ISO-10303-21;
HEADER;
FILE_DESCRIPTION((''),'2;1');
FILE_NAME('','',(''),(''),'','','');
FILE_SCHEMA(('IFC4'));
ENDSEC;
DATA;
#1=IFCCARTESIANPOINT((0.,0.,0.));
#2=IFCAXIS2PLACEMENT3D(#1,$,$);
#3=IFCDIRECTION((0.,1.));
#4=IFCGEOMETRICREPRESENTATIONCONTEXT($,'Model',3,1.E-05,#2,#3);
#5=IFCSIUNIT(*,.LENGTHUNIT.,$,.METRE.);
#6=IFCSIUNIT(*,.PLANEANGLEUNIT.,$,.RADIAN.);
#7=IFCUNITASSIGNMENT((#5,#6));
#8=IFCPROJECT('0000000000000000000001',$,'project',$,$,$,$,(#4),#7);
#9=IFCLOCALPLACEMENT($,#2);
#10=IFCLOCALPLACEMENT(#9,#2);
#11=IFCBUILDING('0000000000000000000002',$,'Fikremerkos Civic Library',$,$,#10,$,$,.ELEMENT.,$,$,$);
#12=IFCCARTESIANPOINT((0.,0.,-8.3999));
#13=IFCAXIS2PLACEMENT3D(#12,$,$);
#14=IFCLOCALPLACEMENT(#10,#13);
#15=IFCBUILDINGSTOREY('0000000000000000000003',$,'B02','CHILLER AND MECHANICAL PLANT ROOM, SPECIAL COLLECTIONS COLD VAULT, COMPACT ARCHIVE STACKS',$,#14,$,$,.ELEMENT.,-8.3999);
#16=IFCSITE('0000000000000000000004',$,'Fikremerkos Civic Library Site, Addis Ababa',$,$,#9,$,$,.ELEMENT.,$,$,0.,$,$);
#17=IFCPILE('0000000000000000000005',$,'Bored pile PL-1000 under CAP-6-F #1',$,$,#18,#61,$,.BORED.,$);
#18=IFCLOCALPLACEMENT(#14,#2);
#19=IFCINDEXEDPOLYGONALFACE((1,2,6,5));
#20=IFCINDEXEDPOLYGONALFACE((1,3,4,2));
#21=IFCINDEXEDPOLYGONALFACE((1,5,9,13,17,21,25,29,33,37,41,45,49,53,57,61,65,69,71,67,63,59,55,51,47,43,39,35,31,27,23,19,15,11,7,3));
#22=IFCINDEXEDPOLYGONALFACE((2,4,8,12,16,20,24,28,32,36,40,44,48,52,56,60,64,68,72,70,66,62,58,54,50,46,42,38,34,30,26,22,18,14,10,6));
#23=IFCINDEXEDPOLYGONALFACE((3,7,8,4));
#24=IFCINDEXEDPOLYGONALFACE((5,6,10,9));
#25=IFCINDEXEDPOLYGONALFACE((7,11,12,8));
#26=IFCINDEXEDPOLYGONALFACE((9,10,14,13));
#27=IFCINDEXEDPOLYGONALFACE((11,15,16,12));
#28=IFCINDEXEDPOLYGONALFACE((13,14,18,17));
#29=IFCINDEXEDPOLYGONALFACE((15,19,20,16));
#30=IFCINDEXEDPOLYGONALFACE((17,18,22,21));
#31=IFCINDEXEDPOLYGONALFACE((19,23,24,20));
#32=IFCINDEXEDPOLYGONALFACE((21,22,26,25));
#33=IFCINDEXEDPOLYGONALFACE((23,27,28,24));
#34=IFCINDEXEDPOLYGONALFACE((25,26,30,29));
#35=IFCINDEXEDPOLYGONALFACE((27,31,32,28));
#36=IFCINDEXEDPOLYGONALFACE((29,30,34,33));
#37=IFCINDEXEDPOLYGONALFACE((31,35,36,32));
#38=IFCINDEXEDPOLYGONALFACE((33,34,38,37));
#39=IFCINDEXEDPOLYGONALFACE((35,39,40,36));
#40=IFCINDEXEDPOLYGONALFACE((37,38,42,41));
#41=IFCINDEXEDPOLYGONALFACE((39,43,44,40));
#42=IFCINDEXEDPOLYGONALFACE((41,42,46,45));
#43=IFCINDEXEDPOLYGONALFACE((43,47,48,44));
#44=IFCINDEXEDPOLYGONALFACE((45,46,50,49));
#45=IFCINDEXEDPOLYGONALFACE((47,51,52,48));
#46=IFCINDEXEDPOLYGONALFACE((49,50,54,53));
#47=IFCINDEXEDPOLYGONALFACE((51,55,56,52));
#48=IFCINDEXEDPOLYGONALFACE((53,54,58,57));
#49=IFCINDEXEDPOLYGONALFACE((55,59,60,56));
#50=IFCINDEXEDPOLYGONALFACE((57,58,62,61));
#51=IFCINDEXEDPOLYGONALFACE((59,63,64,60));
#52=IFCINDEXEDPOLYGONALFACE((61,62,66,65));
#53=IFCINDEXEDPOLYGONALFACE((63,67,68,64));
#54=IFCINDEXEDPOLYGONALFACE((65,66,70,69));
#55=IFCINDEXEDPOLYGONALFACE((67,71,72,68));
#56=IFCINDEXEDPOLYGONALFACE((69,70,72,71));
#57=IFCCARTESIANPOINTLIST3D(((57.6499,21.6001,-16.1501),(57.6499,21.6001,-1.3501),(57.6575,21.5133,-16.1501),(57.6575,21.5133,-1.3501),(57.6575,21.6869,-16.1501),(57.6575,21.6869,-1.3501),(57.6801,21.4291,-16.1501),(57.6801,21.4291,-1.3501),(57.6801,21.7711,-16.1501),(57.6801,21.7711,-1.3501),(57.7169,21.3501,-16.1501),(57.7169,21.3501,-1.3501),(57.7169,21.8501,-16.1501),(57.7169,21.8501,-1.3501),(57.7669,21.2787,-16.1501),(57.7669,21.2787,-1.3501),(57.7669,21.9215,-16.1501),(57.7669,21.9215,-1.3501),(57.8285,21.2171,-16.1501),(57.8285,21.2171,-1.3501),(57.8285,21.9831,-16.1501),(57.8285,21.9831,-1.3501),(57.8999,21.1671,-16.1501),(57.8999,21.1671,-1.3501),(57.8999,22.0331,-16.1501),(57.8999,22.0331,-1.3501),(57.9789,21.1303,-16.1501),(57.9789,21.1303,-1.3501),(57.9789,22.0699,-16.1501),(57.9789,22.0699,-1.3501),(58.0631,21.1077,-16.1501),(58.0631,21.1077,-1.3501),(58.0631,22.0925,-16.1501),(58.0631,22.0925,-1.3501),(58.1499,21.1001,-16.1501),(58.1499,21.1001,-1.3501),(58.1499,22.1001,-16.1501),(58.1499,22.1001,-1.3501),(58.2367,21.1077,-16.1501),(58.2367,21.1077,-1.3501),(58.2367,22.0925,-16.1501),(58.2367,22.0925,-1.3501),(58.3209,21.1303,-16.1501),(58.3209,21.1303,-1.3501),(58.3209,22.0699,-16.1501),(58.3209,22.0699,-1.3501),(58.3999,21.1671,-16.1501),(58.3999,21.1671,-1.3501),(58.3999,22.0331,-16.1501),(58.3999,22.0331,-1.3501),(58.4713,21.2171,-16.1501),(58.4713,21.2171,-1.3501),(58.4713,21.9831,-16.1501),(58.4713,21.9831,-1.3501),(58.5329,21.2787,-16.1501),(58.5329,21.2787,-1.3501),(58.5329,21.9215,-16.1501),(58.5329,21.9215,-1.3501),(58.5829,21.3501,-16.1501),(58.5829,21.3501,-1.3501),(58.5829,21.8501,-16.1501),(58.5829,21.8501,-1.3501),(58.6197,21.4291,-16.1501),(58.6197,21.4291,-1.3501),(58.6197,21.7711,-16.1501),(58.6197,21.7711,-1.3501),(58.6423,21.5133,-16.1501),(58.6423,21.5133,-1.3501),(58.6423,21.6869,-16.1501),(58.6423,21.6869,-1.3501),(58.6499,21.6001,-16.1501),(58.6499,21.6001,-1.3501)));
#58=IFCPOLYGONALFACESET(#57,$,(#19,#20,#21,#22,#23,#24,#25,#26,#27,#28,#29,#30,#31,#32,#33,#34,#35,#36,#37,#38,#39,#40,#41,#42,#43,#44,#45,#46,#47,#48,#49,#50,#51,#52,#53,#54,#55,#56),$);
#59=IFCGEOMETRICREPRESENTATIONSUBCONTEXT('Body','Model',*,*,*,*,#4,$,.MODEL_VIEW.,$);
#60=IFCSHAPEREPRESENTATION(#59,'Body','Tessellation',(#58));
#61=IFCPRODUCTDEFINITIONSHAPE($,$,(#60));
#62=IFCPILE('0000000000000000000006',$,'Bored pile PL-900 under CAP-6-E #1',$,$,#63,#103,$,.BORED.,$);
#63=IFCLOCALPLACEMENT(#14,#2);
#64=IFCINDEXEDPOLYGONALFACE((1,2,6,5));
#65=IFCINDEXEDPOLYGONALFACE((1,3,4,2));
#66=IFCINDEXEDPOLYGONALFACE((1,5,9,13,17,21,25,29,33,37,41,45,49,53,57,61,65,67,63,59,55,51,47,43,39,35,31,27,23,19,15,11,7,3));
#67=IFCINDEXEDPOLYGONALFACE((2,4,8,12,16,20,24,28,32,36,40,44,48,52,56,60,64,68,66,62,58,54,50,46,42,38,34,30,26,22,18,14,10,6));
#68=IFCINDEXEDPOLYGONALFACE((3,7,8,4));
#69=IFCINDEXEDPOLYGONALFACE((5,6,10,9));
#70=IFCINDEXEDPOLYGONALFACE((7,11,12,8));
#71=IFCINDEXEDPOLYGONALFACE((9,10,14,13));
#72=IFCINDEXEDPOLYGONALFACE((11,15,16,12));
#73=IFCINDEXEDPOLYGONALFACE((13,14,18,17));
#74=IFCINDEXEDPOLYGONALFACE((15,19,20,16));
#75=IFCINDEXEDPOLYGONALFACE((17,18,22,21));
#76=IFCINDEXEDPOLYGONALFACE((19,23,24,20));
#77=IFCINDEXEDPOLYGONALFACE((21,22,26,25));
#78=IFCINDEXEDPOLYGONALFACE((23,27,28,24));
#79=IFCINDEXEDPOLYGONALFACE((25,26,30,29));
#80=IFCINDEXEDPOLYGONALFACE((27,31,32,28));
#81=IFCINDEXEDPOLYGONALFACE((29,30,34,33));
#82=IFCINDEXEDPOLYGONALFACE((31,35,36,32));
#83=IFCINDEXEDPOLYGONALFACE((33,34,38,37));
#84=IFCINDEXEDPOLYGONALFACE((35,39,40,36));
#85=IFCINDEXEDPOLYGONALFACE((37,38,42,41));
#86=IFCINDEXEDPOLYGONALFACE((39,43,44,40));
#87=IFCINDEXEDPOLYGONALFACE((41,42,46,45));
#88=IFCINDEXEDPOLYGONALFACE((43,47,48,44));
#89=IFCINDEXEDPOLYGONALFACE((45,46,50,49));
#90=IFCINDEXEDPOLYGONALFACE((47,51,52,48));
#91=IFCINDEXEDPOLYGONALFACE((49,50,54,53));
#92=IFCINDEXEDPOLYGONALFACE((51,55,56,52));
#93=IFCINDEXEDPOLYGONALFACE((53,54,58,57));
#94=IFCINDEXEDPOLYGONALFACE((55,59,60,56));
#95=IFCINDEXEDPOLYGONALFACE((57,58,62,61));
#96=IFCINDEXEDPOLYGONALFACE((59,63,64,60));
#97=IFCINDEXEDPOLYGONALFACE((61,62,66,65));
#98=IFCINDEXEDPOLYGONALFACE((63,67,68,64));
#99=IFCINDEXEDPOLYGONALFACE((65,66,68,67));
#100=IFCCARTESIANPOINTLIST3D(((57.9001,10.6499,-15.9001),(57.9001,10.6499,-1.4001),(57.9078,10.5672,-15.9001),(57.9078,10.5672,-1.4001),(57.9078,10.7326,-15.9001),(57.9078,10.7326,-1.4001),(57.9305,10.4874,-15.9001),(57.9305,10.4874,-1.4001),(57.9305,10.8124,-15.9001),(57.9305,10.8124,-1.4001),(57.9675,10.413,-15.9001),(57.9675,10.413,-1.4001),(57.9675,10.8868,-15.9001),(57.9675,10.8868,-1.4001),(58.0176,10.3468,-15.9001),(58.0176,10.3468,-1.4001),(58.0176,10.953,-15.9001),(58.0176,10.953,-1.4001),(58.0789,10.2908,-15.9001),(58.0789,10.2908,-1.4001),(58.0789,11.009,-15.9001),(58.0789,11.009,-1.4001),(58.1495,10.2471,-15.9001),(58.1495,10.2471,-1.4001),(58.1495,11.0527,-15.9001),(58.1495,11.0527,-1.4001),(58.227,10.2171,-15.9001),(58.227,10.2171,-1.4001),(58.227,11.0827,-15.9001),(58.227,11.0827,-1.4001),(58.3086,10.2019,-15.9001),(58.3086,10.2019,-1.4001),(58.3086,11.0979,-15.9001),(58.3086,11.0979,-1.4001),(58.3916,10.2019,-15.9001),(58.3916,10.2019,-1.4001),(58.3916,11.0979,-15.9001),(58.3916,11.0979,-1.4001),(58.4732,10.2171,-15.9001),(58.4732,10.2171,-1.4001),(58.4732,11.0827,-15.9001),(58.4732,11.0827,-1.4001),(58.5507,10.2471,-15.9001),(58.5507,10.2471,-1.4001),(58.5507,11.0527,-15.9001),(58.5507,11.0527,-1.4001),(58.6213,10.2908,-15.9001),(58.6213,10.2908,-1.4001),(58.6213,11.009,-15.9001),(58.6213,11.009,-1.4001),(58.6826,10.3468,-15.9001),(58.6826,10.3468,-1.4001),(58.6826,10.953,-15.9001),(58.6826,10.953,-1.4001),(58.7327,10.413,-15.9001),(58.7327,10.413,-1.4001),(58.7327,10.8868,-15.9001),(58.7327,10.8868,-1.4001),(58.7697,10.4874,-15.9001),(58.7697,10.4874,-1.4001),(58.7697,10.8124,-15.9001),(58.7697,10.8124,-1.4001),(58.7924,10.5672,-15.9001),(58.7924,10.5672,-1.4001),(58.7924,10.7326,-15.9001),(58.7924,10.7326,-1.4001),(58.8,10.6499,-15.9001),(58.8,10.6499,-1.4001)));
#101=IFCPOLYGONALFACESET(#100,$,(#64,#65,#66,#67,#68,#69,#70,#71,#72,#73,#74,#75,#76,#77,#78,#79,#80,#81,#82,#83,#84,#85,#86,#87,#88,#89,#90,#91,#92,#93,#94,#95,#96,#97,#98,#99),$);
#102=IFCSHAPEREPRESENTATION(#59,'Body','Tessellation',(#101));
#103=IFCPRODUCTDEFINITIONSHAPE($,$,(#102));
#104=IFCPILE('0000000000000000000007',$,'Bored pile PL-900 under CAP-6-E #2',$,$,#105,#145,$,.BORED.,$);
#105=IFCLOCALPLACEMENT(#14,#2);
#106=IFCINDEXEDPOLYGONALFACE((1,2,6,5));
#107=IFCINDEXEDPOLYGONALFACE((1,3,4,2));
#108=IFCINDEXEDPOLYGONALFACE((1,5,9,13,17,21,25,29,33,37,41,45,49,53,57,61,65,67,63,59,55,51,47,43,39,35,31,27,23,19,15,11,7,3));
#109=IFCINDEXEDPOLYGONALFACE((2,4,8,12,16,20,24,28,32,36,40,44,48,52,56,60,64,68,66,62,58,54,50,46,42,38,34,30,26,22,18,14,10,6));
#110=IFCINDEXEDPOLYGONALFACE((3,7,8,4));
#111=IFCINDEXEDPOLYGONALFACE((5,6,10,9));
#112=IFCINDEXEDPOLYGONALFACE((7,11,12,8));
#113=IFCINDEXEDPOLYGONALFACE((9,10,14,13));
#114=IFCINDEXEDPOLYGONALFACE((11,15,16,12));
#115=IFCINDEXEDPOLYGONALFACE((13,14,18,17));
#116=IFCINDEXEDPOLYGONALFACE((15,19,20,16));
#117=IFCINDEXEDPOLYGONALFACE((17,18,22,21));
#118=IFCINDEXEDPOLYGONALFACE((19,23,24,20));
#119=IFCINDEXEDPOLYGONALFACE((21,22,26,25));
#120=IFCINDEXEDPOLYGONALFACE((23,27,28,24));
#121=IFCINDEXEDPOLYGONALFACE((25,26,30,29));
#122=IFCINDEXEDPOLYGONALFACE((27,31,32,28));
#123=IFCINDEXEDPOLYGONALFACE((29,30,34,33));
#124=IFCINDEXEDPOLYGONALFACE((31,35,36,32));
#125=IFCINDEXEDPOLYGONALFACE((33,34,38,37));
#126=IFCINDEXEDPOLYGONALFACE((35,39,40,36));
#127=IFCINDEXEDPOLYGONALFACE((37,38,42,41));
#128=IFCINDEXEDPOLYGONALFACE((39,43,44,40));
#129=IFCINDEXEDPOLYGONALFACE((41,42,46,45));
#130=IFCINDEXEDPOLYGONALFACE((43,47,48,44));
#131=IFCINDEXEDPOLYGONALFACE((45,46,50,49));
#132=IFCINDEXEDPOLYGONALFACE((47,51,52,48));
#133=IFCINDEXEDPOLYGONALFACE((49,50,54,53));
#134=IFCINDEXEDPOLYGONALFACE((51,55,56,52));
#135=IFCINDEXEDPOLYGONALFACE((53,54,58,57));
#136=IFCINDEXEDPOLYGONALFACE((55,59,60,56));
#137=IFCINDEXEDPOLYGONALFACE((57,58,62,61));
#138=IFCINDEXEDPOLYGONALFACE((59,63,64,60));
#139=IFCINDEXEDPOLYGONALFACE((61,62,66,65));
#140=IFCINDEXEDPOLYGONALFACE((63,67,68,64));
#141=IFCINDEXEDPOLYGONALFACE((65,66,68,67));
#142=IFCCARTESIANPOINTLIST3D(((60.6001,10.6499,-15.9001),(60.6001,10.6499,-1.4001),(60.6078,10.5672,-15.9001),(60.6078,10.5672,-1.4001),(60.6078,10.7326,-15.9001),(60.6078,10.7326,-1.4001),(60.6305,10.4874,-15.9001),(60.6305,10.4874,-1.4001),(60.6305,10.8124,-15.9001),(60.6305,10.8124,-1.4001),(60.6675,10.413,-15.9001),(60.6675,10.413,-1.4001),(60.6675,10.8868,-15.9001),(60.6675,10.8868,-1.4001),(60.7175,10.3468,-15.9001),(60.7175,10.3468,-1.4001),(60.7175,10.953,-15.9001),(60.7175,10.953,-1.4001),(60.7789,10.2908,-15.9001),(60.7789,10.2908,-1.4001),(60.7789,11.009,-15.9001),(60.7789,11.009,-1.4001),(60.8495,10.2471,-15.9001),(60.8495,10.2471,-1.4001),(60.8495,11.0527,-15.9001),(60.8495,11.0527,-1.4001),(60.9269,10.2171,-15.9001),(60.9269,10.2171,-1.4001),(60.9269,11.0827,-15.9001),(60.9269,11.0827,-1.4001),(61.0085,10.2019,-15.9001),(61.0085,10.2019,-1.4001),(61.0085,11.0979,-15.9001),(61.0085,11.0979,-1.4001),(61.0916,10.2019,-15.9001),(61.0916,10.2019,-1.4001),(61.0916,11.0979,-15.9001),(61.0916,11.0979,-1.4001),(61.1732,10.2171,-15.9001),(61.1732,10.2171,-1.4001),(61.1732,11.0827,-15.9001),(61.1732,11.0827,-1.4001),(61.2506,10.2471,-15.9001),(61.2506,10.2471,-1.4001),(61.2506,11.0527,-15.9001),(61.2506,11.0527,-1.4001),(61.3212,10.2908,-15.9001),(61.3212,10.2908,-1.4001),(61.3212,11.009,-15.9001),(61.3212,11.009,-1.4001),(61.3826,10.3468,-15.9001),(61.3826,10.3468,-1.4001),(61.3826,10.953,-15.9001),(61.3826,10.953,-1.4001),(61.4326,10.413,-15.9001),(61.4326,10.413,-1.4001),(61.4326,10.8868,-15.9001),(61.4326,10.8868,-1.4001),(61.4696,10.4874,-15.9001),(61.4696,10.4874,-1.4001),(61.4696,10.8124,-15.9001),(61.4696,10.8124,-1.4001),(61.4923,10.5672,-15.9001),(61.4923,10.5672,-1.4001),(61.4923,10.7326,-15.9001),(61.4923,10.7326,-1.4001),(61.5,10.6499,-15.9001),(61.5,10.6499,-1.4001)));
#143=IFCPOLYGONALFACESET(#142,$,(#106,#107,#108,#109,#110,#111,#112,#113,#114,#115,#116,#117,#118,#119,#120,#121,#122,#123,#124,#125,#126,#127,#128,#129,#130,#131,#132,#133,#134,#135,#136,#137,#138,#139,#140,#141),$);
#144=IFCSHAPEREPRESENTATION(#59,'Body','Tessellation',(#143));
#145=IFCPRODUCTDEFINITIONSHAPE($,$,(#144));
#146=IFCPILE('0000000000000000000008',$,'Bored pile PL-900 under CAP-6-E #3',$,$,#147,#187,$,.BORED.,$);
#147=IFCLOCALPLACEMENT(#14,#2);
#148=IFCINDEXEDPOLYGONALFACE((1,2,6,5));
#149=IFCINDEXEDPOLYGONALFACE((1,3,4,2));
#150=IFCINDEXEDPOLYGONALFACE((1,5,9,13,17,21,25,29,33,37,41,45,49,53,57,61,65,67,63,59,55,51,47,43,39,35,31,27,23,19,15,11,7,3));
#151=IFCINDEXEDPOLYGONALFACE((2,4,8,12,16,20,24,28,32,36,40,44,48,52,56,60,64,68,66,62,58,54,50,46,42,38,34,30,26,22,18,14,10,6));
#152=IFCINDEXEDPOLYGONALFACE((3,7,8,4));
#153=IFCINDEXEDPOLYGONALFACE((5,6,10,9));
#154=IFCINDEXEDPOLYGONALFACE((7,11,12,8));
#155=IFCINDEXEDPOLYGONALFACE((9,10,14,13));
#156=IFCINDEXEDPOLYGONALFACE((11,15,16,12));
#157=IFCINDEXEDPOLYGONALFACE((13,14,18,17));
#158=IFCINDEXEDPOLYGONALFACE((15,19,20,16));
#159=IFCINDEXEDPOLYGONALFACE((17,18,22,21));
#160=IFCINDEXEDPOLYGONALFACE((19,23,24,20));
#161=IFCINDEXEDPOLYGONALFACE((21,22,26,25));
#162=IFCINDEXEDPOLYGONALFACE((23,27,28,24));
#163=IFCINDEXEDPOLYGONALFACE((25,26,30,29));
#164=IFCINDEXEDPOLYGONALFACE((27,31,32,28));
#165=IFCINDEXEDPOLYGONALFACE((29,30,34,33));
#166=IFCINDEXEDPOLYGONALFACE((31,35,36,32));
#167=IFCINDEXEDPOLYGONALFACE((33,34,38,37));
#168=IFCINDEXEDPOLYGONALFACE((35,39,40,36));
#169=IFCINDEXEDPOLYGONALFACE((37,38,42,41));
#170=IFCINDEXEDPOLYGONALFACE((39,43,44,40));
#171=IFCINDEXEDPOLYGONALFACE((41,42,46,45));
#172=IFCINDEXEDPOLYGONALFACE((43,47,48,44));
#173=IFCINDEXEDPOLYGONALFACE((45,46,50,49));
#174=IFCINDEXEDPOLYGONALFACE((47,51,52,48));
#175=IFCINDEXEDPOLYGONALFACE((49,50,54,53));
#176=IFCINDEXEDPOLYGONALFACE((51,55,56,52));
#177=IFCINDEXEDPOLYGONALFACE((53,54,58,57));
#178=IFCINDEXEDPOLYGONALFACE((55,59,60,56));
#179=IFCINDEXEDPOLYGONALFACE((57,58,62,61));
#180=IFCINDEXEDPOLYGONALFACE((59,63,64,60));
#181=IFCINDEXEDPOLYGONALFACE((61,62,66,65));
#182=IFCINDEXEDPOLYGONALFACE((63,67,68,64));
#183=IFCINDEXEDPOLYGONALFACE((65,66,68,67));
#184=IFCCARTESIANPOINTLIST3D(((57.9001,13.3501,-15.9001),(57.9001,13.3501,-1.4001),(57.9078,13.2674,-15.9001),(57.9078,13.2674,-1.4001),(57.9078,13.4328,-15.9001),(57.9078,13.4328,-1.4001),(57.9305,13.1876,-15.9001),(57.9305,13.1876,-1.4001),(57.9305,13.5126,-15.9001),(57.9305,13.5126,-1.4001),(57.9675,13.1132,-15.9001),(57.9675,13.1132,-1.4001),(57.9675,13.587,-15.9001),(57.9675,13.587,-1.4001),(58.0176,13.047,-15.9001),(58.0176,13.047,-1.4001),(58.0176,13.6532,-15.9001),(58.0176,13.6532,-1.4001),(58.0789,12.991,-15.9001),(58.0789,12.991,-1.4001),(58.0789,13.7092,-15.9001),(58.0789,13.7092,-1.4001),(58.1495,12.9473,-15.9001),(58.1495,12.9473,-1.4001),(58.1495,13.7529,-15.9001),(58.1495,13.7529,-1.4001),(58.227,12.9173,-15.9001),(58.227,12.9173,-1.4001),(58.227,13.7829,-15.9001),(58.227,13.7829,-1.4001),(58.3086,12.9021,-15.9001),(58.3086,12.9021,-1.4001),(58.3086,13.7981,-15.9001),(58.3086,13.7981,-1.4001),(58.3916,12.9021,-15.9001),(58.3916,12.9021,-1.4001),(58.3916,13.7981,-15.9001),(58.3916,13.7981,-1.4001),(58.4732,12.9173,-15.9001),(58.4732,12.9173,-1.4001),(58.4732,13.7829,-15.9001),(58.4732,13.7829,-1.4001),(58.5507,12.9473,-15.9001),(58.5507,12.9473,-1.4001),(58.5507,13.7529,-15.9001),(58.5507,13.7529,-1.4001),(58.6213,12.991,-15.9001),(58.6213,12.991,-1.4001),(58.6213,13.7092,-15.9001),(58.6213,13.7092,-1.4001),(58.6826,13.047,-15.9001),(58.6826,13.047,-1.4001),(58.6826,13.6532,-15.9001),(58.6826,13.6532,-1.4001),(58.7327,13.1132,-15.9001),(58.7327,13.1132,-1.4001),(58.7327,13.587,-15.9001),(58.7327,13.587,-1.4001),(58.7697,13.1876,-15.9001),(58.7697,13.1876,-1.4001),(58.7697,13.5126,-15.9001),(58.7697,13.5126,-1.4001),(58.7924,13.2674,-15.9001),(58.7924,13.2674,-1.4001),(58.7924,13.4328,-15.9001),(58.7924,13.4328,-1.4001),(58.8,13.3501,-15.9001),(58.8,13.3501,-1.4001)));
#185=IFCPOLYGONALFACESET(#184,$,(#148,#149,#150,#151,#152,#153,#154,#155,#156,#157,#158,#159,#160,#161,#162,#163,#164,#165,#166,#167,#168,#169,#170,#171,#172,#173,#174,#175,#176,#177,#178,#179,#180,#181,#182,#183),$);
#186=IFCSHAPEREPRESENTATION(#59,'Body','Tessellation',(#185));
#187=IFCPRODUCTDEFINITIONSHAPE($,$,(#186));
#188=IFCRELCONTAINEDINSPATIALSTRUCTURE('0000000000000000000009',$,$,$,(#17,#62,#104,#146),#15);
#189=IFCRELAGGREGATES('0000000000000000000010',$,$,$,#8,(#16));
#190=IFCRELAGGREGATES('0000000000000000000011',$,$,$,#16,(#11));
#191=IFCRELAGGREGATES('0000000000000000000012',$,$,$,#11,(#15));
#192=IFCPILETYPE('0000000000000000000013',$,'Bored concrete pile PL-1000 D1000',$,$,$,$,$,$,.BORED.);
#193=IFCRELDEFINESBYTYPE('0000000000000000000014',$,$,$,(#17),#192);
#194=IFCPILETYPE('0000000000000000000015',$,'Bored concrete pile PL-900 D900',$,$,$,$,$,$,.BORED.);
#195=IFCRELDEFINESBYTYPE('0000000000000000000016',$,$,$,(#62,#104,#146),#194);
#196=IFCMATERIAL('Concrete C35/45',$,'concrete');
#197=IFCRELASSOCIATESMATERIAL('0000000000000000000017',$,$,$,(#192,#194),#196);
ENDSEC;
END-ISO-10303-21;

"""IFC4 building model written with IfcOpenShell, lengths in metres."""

from ifc_helpers import new_model, si_unit, direction, frame, origin, origin_2d, place, context, subcontext, project, spatial, circle, extrude, material, material_profile, profile_set, type_object, element, save


model = new_model("IFC4")

# Units and contexts
model_context = context("Model", 3, precision=1e-05, world=origin(), true_north=direction((0.0, 1.0)))
body_context = subcontext(model_context, "Body", "Model", "MODEL_VIEW")
ifc_project = project(units=[si_unit("LENGTHUNIT", "METRE"), si_unit("PLANEANGLEUNIT", "RADIAN")], contexts=[model_context])

# Site, building, storey
site_placement = place(None, origin())
site = spatial("IfcSite", under=ifc_project, at=site_placement, Name="Fikremerkos Civic Library Site, Addis Ababa", CompositionType="ELEMENT", RefElevation=0.0)
building_placement = place(site_placement, origin())
building = spatial("IfcBuilding", under=site, at=building_placement, Name="Fikremerkos Civic Library", CompositionType="ELEMENT")
storey_placement = place(building_placement, frame((0.0, 0.0, -8.3999)))
storey = spatial("IfcBuildingStorey", under=building, at=storey_placement, Name="B02", Description="CHILLER AND MECHANICAL PLANT ROOM, SPECIAL COLLECTIONS COLD VAULT, COMPACT ARCHIVE STACKS", CompositionType="ELEMENT", Elevation=-8.3999)

# Piles
ifc_material_1 = material(Name="Concrete C35/45", Category="concrete")
ifc_material_profile_1 = material_profile(ifc_material_1, circle(Radius=0.5, at=origin_2d()), Name="BORED PILE 1000")
ifc_profile_set_1 = profile_set([ifc_material_profile_1], Name="Concrete C35/45")
pile_type_1 = type_object("IfcPileType", Name="Bored concrete pile PL-1000 D1000", PredefinedType="BORED", material=ifc_profile_set_1)
pile_placement = place(storey_placement, frame((58.1499, 21.6001, -1.3501), z_axis=(0.0, 0.0, -1.0), x_axis=(1.0, 0.0, 0.0)))
element("IfcPile", 1, at=pile_placement, inside=storey, type_object=pile_type_1, Name="Bored pile PL-1000 under CAP-6-F #1", PredefinedType="BORED", context=body_context, shape_type="SweptSolid", body=[
    extrude(circle(Radius=0.5, at=origin_2d()), origin(), (0.0, 0.0, 1.0), 14.8),
])
ifc_material_profile_2 = material_profile(ifc_material_1, circle(Radius=0.45, at=origin_2d()), Name="BORED PILE 900")
ifc_profile_set_2 = profile_set([ifc_material_profile_2], Name="Concrete C35/45")
pile_type_2 = type_object("IfcPileType", Name="Bored concrete pile PL-900 D900", PredefinedType="BORED", material=ifc_profile_set_2)
for number, where, z_axis, x_axis, name in (
    (2, (58.3501, 10.6499, -1.4001), (0.0, 0.0, -1.0), (1.0, 0.0, 0.0), "Bored pile PL-900 under CAP-6-E #1"),
    (3, (61.05, 10.6499, -1.4001), (0.0, 0.0, -1.0), (1.0, 0.0, 0.0), "Bored pile PL-900 under CAP-6-E #2"),
    (4, (58.3501, 13.3501, -1.4001), (0.0, 0.0, -1.0), (1.0, 0.0, 0.0), "Bored pile PL-900 under CAP-6-E #3"),
):
    element("IfcPile", number, at=place(storey_placement, frame(where, z_axis=z_axis, x_axis=x_axis)), inside=storey, type_object=pile_type_2, Name=name, PredefinedType="BORED", context=body_context, shape_type="SweptSolid", body=[
        extrude(circle(Radius=0.45, at=origin_2d()), origin(), (0.0, 0.0, 1.0), 14.5),
    ])

save(model, "model.ifc")
